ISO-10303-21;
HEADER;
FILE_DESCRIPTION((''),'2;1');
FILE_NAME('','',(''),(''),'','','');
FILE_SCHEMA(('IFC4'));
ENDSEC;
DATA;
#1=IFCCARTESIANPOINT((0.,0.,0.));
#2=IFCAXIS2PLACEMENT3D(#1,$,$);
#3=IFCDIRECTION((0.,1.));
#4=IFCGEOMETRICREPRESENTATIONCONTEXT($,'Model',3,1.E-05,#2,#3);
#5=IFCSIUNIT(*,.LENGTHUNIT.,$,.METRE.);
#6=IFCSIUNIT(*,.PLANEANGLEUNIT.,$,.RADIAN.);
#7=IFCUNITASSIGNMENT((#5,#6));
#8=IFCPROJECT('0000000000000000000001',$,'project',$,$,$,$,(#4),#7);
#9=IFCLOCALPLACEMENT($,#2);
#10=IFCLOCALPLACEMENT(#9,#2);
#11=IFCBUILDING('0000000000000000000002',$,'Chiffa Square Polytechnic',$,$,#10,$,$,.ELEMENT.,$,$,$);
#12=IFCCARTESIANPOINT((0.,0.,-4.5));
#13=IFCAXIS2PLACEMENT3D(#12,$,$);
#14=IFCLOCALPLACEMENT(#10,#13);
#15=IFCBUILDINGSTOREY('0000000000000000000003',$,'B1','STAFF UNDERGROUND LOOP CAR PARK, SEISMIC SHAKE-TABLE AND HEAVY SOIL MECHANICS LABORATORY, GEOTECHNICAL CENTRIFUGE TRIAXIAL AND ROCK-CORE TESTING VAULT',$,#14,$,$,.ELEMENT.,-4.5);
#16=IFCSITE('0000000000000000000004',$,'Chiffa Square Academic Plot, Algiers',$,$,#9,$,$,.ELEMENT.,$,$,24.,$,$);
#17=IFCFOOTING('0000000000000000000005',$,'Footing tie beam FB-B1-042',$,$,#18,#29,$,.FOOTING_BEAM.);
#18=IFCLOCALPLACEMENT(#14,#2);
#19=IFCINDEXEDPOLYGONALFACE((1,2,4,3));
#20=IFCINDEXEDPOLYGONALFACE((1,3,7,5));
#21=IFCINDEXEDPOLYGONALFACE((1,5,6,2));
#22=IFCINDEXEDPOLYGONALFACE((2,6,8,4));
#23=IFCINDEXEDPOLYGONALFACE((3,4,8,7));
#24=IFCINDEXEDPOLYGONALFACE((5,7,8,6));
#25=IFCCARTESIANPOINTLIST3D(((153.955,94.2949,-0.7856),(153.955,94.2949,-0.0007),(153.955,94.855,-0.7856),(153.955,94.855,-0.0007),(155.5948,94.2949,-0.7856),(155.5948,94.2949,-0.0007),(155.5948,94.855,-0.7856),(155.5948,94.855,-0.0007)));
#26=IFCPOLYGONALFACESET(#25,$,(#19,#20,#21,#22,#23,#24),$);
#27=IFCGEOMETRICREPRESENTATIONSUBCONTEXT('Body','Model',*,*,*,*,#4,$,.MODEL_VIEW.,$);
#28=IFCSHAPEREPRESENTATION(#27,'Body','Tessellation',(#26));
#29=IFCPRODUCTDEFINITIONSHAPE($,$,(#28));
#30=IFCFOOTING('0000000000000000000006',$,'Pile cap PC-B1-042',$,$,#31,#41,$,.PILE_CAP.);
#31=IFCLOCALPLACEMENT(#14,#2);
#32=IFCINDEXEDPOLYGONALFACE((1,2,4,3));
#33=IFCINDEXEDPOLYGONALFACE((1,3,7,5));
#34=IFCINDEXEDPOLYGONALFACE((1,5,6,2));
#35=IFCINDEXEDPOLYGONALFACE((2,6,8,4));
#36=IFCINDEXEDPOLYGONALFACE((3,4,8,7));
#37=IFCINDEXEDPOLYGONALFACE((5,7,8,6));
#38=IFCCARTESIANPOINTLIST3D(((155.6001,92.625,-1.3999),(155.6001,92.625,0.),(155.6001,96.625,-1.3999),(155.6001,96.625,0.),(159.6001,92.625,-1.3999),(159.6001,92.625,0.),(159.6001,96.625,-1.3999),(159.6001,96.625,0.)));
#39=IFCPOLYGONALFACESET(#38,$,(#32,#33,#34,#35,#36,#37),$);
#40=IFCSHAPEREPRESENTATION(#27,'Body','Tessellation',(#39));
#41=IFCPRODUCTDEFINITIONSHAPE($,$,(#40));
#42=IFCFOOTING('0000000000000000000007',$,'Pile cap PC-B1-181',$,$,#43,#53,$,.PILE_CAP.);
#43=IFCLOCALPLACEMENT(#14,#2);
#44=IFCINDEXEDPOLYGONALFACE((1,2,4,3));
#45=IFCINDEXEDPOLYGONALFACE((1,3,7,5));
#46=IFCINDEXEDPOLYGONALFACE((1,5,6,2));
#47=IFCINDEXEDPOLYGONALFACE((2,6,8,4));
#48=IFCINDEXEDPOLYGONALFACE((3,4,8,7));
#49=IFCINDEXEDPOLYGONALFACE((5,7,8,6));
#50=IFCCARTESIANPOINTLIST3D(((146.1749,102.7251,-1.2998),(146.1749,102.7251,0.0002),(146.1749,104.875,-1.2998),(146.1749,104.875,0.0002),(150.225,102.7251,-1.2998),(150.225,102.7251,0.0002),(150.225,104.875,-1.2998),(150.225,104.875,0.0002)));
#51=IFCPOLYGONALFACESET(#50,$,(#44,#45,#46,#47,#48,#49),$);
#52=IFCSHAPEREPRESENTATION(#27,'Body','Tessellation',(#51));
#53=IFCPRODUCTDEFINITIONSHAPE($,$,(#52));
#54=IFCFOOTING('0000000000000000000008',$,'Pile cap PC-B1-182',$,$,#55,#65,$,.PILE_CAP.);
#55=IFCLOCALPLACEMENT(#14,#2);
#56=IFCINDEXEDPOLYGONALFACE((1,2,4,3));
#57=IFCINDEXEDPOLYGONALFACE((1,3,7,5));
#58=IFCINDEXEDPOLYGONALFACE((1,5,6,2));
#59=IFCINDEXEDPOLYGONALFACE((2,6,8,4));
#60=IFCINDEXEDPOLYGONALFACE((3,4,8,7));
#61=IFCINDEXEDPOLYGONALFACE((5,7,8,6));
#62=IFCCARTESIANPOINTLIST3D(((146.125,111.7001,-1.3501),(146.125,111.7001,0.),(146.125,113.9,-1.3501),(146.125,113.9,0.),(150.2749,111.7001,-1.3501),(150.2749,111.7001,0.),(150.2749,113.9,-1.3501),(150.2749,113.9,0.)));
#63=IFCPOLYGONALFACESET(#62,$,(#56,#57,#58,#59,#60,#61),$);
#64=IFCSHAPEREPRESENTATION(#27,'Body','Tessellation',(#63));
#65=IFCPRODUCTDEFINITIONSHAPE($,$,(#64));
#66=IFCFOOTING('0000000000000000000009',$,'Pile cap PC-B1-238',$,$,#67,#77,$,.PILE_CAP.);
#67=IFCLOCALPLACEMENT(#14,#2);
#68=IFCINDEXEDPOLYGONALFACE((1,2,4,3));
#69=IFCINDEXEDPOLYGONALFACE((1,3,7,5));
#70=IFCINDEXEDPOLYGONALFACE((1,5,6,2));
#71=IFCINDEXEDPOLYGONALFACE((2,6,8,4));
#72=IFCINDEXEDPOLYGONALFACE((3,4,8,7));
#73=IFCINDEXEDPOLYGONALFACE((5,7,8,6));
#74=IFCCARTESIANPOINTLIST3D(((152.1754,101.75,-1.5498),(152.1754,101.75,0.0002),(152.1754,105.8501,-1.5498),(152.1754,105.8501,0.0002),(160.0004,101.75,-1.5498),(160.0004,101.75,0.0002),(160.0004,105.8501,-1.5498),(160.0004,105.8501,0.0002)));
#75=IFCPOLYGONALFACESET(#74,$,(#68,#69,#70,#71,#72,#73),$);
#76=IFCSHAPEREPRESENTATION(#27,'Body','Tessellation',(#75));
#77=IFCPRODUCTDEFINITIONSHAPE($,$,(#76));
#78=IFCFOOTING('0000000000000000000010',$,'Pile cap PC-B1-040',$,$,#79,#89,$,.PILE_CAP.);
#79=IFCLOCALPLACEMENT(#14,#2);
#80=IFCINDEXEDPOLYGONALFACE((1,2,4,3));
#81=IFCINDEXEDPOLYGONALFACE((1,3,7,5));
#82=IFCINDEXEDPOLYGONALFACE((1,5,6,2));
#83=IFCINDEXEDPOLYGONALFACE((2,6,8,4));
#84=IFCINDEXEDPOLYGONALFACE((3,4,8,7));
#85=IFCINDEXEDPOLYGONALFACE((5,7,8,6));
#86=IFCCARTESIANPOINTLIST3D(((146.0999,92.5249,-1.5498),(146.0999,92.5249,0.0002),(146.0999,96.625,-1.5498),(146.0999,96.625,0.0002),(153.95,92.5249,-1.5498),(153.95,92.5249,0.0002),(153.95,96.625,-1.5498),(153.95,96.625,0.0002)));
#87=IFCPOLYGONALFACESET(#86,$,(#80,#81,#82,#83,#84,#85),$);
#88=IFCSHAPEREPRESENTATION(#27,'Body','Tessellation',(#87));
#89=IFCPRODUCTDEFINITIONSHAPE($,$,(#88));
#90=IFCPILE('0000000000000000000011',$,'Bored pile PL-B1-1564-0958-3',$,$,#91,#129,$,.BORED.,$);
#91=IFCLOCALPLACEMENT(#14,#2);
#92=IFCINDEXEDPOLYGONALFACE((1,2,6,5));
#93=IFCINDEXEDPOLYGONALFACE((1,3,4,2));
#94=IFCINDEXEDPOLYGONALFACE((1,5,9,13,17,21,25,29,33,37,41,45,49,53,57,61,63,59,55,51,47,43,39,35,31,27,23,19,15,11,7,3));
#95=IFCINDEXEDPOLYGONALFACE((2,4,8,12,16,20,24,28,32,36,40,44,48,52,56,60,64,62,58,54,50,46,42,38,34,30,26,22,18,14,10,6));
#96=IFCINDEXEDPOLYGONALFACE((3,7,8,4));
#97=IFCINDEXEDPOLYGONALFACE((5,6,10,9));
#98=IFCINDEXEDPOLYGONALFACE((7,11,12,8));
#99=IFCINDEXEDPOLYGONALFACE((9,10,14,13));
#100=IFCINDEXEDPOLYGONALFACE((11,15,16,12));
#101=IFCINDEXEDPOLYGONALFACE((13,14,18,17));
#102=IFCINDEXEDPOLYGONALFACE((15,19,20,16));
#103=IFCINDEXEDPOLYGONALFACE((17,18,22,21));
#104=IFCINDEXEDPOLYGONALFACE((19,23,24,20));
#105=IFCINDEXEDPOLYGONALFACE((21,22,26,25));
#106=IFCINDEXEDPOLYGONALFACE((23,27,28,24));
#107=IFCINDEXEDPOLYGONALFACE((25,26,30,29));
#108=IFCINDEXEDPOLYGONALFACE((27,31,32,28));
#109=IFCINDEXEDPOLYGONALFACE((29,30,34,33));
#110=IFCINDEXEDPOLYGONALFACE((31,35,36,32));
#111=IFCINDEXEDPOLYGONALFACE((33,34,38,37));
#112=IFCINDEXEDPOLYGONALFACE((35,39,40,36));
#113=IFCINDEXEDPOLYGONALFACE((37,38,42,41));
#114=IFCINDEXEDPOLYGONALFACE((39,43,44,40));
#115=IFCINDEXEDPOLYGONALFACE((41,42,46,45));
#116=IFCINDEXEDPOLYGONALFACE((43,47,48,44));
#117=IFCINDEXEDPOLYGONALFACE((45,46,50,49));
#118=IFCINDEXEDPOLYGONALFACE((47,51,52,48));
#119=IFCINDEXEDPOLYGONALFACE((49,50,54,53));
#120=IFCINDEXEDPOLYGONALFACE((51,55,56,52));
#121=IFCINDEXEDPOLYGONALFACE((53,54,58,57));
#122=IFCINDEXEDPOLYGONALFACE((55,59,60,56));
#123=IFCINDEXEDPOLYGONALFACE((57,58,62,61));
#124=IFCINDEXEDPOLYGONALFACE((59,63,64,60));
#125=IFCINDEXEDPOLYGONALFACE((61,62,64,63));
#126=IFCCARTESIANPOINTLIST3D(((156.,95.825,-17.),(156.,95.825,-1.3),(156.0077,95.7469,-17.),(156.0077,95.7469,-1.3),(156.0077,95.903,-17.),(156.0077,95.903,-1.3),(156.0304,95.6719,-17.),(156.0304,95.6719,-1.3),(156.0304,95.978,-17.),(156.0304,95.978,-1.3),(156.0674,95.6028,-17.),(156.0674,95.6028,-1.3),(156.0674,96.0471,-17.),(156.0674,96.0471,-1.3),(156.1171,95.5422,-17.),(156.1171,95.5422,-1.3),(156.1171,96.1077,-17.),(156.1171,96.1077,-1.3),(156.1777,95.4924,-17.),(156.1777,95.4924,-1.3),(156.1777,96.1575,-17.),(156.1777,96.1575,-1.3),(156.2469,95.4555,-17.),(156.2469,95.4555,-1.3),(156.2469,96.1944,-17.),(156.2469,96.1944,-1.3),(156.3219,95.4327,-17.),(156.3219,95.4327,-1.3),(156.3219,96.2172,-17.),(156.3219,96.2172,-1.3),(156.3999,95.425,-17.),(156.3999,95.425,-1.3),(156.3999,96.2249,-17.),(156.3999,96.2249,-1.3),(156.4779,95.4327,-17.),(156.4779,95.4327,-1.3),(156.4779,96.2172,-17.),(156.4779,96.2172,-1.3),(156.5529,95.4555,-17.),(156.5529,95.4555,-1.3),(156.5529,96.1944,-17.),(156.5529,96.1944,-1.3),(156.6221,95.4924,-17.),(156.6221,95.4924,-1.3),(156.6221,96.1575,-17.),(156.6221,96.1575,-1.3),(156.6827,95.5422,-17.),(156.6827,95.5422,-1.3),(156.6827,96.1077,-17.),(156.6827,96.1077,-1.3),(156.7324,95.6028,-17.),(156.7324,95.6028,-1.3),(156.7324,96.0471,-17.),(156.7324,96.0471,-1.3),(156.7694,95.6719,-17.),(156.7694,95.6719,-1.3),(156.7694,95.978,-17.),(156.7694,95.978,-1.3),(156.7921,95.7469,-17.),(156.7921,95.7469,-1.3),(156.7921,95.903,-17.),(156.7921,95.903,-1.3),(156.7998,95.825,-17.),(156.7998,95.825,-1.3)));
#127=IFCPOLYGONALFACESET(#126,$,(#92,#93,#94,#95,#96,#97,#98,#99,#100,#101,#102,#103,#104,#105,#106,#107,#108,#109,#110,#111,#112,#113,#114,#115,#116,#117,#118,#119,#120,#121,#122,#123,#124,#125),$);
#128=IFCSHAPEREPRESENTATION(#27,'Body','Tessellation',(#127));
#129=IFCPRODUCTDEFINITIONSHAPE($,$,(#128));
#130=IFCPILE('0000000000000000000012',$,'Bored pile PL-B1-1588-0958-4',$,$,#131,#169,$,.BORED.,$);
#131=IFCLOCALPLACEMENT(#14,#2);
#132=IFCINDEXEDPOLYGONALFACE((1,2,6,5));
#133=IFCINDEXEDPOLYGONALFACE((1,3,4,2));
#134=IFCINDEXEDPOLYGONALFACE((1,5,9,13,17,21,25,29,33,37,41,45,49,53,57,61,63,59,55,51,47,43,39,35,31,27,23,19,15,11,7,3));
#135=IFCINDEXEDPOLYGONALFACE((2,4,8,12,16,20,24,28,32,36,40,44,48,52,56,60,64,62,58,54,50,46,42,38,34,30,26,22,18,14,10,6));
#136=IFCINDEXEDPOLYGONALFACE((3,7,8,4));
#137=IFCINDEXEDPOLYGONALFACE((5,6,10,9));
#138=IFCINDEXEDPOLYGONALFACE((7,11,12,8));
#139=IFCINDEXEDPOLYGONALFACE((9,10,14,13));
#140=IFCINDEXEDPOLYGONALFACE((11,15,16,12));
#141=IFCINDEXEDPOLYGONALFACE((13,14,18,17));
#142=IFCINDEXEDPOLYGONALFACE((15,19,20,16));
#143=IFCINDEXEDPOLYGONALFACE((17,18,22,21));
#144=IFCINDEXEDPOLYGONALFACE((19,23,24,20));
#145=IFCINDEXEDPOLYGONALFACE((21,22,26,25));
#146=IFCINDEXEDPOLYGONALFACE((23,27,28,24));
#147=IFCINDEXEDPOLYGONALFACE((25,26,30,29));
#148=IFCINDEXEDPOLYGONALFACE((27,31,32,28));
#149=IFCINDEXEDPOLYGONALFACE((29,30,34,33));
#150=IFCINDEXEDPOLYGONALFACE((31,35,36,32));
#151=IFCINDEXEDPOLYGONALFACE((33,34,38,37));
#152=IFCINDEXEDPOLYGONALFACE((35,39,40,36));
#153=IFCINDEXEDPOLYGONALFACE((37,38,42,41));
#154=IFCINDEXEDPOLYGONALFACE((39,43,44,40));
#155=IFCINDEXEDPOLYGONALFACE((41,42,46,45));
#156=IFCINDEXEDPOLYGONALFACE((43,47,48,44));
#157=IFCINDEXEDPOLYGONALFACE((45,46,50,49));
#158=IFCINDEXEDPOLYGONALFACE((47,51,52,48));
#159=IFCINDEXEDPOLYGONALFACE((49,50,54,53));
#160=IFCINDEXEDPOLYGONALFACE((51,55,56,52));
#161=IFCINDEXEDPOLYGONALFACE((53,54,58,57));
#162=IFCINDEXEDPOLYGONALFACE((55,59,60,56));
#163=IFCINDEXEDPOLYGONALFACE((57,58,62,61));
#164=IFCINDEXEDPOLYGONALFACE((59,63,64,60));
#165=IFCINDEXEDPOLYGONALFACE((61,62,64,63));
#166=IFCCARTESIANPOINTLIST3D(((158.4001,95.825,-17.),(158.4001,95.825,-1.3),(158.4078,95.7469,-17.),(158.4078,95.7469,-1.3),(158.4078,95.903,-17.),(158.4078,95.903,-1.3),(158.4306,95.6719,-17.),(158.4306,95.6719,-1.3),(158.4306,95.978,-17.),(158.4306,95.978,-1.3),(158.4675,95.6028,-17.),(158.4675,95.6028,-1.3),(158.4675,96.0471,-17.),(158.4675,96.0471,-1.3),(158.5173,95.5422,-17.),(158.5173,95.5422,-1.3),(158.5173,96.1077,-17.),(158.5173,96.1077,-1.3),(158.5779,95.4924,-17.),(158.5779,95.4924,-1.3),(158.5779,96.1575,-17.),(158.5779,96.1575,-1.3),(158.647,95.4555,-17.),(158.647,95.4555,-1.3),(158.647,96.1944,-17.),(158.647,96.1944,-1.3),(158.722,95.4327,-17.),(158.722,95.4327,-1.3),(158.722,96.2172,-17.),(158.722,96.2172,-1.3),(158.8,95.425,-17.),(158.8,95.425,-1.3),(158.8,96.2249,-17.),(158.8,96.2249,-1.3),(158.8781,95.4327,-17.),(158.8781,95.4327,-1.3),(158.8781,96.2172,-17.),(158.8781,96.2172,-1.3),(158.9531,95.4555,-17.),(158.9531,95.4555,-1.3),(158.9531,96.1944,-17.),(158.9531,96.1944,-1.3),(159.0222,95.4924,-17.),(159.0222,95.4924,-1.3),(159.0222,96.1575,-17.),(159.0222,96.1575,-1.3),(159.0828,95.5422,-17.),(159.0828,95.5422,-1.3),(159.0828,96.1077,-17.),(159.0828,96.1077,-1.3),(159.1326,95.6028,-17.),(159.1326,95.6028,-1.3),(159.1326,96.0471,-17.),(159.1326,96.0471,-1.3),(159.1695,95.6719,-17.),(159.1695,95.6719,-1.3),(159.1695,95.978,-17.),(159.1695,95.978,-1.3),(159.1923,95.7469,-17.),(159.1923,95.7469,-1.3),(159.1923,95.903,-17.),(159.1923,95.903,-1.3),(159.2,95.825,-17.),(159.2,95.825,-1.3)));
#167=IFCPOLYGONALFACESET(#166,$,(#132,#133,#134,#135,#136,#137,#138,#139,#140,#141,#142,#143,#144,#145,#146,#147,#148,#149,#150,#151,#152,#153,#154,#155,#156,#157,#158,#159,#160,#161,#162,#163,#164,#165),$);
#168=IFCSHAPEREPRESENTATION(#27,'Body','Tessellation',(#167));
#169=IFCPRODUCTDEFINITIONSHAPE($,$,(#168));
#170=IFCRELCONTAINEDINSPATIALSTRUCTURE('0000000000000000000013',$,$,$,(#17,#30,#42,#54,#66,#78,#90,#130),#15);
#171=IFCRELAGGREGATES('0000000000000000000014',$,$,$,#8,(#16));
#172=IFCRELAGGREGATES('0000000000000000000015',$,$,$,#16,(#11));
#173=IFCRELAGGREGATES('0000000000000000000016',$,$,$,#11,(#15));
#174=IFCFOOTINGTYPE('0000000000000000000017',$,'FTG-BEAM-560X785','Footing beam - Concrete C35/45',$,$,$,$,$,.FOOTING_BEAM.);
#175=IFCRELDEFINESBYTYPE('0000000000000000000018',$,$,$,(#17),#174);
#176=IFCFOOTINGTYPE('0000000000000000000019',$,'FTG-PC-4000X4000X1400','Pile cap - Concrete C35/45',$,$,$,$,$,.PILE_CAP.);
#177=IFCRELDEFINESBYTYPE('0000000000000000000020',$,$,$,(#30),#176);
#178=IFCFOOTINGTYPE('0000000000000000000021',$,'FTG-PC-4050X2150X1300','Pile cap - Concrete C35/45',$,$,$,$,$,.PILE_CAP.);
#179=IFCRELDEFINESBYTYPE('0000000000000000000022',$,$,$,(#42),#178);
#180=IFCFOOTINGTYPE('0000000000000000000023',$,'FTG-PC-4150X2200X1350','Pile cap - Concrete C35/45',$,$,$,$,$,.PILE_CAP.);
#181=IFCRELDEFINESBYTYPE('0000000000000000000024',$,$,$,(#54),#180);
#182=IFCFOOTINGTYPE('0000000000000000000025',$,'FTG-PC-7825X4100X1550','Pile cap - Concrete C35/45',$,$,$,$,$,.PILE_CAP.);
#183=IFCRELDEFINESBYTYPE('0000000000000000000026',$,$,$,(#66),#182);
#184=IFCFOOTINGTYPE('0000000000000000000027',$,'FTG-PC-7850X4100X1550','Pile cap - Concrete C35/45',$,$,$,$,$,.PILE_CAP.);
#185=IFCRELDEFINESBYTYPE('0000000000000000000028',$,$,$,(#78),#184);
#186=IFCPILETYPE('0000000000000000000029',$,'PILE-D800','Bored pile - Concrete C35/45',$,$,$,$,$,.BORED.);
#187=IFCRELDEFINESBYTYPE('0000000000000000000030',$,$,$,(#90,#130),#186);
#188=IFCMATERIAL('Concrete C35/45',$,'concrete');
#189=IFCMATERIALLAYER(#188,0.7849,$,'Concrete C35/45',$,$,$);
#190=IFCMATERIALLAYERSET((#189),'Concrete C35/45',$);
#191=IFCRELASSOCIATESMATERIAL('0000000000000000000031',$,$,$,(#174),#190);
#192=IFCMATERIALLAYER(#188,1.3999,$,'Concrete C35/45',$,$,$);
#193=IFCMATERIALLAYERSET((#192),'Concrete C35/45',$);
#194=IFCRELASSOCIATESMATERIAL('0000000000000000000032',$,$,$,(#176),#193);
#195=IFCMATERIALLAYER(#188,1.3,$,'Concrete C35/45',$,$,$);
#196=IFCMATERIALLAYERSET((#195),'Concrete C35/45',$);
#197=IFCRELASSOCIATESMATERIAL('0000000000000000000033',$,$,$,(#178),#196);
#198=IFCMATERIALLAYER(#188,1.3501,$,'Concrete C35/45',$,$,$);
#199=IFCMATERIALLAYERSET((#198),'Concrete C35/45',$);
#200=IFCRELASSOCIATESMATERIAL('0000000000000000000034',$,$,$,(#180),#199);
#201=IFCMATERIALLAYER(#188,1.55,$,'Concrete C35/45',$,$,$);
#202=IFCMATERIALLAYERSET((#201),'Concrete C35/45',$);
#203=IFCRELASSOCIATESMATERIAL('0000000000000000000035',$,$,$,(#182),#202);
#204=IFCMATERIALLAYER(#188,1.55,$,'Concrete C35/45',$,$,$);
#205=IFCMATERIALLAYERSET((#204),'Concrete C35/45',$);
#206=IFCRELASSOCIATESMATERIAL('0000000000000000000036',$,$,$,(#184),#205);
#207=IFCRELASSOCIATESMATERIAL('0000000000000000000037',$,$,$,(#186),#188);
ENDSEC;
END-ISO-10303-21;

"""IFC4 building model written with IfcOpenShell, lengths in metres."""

from ifc_helpers import new_model, si_unit, direction, frame, origin, origin_2d, place, context, subcontext, project, spatial, rectangle, circle, extrude, material, layer, layer_set, material_profile, profile_set, type_object, element, save


model = new_model("IFC4")

# Units and contexts
model_context = context("Model", 3, precision=1e-05, world=origin(), true_north=direction((0.0, 1.0)))
body_context = subcontext(model_context, "Body", "Model", "MODEL_VIEW")
ifc_project = project(units=[si_unit("LENGTHUNIT", "METRE"), si_unit("PLANEANGLEUNIT", "RADIAN")], contexts=[model_context])

# Site, building, storey
site_placement = place(None, origin())
site = spatial("IfcSite", under=ifc_project, at=site_placement, Name="Chiffa Square Academic Plot, Algiers", CompositionType="ELEMENT", RefElevation=24.0)
building_placement = place(site_placement, origin())
building = spatial("IfcBuilding", under=site, at=building_placement, Name="Chiffa Square Polytechnic", CompositionType="ELEMENT")
storey_placement = place(building_placement, frame((0.0, 0.0, -4.5)))
storey = spatial("IfcBuildingStorey", under=building, at=storey_placement, Name="B1", Description="STAFF UNDERGROUND LOOP CAR PARK, SEISMIC SHAKE-TABLE AND HEAVY SOIL MECHANICS LABORATORY, GEOTECHNICAL CENTRIFUGE TRIAXIAL AND ROCK-CORE TESTING VAULT", CompositionType="ELEMENT", Elevation=-4.5)

# Footings
ifc_material_1 = material(Name="Concrete C35/45", Category="concrete")
ifc_layer_1 = layer(ifc_material_1, 0.7849, Name="Concrete C35/45")
ifc_layer_set_1 = layer_set([ifc_layer_1], Name="Concrete C35/45")
footing_type_1 = type_object("IfcFootingType", Name="FTG-BEAM-560X785", Description="Footing beam - Concrete C35/45", PredefinedType="FOOTING_BEAM", material=ifc_layer_set_1)
footing_1_placement = place(storey_placement, frame((154.7749, 94.575, -0.7856), z_axis=(0.0, 0.0, 1.0), x_axis=(1.0, 0.0, 0.0)))
element("IfcFooting", 1, at=footing_1_placement, inside=storey, type_object=footing_type_1, Name="Footing tie beam FB-B1-042", PredefinedType="FOOTING_BEAM", context=body_context, shape_type="SweptSolid", body=[
    extrude(rectangle(XDim=1.6399, YDim=0.5601, at=origin_2d()), origin(), (0.0, 0.0, 1.0), 0.7849),
])
ifc_layer_2 = layer(ifc_material_1, 1.3999, Name="Concrete C35/45")
ifc_layer_set_2 = layer_set([ifc_layer_2], Name="Concrete C35/45")
footing_type_2 = type_object("IfcFootingType", Name="FTG-PC-4000X4000X1400", Description="Pile cap - Concrete C35/45", PredefinedType="PILE_CAP", material=ifc_layer_set_2)
footing_2_placement = place(storey_placement, frame((157.6001, 94.625, -1.3999), z_axis=(0.0, 0.0, 1.0), x_axis=(1.0, 0.0, 0.0)))
element("IfcFooting", 2, at=footing_2_placement, inside=storey, type_object=footing_type_2, Name="Pile cap PC-B1-042", PredefinedType="PILE_CAP", context=body_context, shape_type="SweptSolid", body=[
    extrude(rectangle(XDim=4.0, YDim=4.0, at=origin_2d()), origin(), (0.0, 0.0, 1.0), 1.3999),
])
ifc_layer_3 = layer(ifc_material_1, 1.3, Name="Concrete C35/45")
ifc_layer_set_3 = layer_set([ifc_layer_3], Name="Concrete C35/45")
footing_type_3 = type_object("IfcFootingType", Name="FTG-PC-4050X2150X1300", Description="Pile cap - Concrete C35/45", PredefinedType="PILE_CAP", material=ifc_layer_set_3)
footing_3_placement = place(storey_placement, frame((148.2, 103.8, -1.2998), z_axis=(0.0, 0.0, 1.0), x_axis=(1.0, 0.0, 0.0)))
element("IfcFooting", 3, at=footing_3_placement, inside=storey, type_object=footing_type_3, Name="Pile cap PC-B1-181", PredefinedType="PILE_CAP", context=body_context, shape_type="SweptSolid", body=[
    extrude(rectangle(XDim=4.05, YDim=2.1499, at=origin_2d()), origin(), (0.0, 0.0, 1.0), 1.3),
])
ifc_layer_4 = layer(ifc_material_1, 1.3501, Name="Concrete C35/45")
ifc_layer_set_4 = layer_set([ifc_layer_4], Name="Concrete C35/45")
footing_type_4 = type_object("IfcFootingType", Name="FTG-PC-4150X2200X1350", Description="Pile cap - Concrete C35/45", PredefinedType="PILE_CAP", material=ifc_layer_set_4)
footing_4_placement = place(storey_placement, frame((148.2, 112.8, -1.3501), z_axis=(0.0, 0.0, 1.0), x_axis=(1.0, 0.0, 0.0)))
element("IfcFooting", 4, at=footing_4_placement, inside=storey, type_object=footing_type_4, Name="Pile cap PC-B1-182", PredefinedType="PILE_CAP", context=body_context, shape_type="SweptSolid", body=[
    extrude(rectangle(XDim=4.1499, YDim=2.2, at=origin_2d()), origin(), (0.0, 0.0, 1.0), 1.3501),
])
ifc_layer_5 = layer(ifc_material_1, 1.55, Name="Concrete C35/45")
ifc_layer_set_5 = layer_set([ifc_layer_5], Name="Concrete C35/45")
footing_type_5 = type_object("IfcFootingType", Name="FTG-PC-7825X4100X1550", Description="Pile cap - Concrete C35/45", PredefinedType="PILE_CAP", material=ifc_layer_set_5)
footing_5_placement = place(storey_placement, frame((156.0879, 103.8, -1.5498), z_axis=(0.0, 0.0, 1.0), x_axis=(1.0, 0.0, 0.0)))
element("IfcFooting", 5, at=footing_5_placement, inside=storey, type_object=footing_type_5, Name="Pile cap PC-B1-238", PredefinedType="PILE_CAP", context=body_context, shape_type="SweptSolid", body=[
    extrude(rectangle(XDim=7.825, YDim=4.1001, at=origin_2d()), origin(), (0.0, 0.0, 1.0), 1.55),
])
ifc_layer_6 = layer(ifc_material_1, 1.55, Name="Concrete C35/45")
ifc_layer_set_6 = layer_set([ifc_layer_6], Name="Concrete C35/45")
footing_type_6 = type_object("IfcFootingType", Name="FTG-PC-7850X4100X1550", Description="Pile cap - Concrete C35/45", PredefinedType="PILE_CAP", material=ifc_layer_set_6)
footing_6_placement = place(storey_placement, frame((150.0249, 94.575, -1.5498), z_axis=(0.0, 0.0, 1.0), x_axis=(1.0, 0.0, 0.0)))
element("IfcFooting", 6, at=footing_6_placement, inside=storey, type_object=footing_type_6, Name="Pile cap PC-B1-040", PredefinedType="PILE_CAP", context=body_context, shape_type="SweptSolid", body=[
    extrude(rectangle(XDim=7.8501, YDim=4.1001, at=origin_2d()), origin(), (0.0, 0.0, 1.0), 1.55),
])

# Piles
ifc_material_profile_1 = material_profile(ifc_material_1, circle(Radius=0.3999, at=origin_2d()), Name="PILE D800")
ifc_profile_set_1 = profile_set([ifc_material_profile_1], Name="Concrete C35/45")
pile_type_1 = type_object("IfcPileType", Name="PILE-D800", Description="Bored pile - Concrete C35/45", PredefinedType="BORED", material=ifc_profile_set_1)
for number, where, z_axis, x_axis, name in (
    (7, (156.3999, 95.825, -1.3), (0.0, 0.0, -1.0), (1.0, 0.0, 0.0), "Bored pile PL-B1-1564-0958-3"),
    (8, (158.8, 95.825, -1.3), (0.0, 0.0, -1.0), (1.0, 0.0, 0.0), "Bored pile PL-B1-1588-0958-4"),
):
    element("IfcPile", number, at=place(storey_placement, frame(where, z_axis=z_axis, x_axis=x_axis)), inside=storey, type_object=pile_type_1, Name=name, PredefinedType="BORED", context=body_context, shape_type="SweptSolid", body=[
        extrude(circle(Radius=0.3999, at=origin_2d()), origin(), (0.0, 0.0, 1.0), 15.7),
    ])

save(model, "model.ifc")
